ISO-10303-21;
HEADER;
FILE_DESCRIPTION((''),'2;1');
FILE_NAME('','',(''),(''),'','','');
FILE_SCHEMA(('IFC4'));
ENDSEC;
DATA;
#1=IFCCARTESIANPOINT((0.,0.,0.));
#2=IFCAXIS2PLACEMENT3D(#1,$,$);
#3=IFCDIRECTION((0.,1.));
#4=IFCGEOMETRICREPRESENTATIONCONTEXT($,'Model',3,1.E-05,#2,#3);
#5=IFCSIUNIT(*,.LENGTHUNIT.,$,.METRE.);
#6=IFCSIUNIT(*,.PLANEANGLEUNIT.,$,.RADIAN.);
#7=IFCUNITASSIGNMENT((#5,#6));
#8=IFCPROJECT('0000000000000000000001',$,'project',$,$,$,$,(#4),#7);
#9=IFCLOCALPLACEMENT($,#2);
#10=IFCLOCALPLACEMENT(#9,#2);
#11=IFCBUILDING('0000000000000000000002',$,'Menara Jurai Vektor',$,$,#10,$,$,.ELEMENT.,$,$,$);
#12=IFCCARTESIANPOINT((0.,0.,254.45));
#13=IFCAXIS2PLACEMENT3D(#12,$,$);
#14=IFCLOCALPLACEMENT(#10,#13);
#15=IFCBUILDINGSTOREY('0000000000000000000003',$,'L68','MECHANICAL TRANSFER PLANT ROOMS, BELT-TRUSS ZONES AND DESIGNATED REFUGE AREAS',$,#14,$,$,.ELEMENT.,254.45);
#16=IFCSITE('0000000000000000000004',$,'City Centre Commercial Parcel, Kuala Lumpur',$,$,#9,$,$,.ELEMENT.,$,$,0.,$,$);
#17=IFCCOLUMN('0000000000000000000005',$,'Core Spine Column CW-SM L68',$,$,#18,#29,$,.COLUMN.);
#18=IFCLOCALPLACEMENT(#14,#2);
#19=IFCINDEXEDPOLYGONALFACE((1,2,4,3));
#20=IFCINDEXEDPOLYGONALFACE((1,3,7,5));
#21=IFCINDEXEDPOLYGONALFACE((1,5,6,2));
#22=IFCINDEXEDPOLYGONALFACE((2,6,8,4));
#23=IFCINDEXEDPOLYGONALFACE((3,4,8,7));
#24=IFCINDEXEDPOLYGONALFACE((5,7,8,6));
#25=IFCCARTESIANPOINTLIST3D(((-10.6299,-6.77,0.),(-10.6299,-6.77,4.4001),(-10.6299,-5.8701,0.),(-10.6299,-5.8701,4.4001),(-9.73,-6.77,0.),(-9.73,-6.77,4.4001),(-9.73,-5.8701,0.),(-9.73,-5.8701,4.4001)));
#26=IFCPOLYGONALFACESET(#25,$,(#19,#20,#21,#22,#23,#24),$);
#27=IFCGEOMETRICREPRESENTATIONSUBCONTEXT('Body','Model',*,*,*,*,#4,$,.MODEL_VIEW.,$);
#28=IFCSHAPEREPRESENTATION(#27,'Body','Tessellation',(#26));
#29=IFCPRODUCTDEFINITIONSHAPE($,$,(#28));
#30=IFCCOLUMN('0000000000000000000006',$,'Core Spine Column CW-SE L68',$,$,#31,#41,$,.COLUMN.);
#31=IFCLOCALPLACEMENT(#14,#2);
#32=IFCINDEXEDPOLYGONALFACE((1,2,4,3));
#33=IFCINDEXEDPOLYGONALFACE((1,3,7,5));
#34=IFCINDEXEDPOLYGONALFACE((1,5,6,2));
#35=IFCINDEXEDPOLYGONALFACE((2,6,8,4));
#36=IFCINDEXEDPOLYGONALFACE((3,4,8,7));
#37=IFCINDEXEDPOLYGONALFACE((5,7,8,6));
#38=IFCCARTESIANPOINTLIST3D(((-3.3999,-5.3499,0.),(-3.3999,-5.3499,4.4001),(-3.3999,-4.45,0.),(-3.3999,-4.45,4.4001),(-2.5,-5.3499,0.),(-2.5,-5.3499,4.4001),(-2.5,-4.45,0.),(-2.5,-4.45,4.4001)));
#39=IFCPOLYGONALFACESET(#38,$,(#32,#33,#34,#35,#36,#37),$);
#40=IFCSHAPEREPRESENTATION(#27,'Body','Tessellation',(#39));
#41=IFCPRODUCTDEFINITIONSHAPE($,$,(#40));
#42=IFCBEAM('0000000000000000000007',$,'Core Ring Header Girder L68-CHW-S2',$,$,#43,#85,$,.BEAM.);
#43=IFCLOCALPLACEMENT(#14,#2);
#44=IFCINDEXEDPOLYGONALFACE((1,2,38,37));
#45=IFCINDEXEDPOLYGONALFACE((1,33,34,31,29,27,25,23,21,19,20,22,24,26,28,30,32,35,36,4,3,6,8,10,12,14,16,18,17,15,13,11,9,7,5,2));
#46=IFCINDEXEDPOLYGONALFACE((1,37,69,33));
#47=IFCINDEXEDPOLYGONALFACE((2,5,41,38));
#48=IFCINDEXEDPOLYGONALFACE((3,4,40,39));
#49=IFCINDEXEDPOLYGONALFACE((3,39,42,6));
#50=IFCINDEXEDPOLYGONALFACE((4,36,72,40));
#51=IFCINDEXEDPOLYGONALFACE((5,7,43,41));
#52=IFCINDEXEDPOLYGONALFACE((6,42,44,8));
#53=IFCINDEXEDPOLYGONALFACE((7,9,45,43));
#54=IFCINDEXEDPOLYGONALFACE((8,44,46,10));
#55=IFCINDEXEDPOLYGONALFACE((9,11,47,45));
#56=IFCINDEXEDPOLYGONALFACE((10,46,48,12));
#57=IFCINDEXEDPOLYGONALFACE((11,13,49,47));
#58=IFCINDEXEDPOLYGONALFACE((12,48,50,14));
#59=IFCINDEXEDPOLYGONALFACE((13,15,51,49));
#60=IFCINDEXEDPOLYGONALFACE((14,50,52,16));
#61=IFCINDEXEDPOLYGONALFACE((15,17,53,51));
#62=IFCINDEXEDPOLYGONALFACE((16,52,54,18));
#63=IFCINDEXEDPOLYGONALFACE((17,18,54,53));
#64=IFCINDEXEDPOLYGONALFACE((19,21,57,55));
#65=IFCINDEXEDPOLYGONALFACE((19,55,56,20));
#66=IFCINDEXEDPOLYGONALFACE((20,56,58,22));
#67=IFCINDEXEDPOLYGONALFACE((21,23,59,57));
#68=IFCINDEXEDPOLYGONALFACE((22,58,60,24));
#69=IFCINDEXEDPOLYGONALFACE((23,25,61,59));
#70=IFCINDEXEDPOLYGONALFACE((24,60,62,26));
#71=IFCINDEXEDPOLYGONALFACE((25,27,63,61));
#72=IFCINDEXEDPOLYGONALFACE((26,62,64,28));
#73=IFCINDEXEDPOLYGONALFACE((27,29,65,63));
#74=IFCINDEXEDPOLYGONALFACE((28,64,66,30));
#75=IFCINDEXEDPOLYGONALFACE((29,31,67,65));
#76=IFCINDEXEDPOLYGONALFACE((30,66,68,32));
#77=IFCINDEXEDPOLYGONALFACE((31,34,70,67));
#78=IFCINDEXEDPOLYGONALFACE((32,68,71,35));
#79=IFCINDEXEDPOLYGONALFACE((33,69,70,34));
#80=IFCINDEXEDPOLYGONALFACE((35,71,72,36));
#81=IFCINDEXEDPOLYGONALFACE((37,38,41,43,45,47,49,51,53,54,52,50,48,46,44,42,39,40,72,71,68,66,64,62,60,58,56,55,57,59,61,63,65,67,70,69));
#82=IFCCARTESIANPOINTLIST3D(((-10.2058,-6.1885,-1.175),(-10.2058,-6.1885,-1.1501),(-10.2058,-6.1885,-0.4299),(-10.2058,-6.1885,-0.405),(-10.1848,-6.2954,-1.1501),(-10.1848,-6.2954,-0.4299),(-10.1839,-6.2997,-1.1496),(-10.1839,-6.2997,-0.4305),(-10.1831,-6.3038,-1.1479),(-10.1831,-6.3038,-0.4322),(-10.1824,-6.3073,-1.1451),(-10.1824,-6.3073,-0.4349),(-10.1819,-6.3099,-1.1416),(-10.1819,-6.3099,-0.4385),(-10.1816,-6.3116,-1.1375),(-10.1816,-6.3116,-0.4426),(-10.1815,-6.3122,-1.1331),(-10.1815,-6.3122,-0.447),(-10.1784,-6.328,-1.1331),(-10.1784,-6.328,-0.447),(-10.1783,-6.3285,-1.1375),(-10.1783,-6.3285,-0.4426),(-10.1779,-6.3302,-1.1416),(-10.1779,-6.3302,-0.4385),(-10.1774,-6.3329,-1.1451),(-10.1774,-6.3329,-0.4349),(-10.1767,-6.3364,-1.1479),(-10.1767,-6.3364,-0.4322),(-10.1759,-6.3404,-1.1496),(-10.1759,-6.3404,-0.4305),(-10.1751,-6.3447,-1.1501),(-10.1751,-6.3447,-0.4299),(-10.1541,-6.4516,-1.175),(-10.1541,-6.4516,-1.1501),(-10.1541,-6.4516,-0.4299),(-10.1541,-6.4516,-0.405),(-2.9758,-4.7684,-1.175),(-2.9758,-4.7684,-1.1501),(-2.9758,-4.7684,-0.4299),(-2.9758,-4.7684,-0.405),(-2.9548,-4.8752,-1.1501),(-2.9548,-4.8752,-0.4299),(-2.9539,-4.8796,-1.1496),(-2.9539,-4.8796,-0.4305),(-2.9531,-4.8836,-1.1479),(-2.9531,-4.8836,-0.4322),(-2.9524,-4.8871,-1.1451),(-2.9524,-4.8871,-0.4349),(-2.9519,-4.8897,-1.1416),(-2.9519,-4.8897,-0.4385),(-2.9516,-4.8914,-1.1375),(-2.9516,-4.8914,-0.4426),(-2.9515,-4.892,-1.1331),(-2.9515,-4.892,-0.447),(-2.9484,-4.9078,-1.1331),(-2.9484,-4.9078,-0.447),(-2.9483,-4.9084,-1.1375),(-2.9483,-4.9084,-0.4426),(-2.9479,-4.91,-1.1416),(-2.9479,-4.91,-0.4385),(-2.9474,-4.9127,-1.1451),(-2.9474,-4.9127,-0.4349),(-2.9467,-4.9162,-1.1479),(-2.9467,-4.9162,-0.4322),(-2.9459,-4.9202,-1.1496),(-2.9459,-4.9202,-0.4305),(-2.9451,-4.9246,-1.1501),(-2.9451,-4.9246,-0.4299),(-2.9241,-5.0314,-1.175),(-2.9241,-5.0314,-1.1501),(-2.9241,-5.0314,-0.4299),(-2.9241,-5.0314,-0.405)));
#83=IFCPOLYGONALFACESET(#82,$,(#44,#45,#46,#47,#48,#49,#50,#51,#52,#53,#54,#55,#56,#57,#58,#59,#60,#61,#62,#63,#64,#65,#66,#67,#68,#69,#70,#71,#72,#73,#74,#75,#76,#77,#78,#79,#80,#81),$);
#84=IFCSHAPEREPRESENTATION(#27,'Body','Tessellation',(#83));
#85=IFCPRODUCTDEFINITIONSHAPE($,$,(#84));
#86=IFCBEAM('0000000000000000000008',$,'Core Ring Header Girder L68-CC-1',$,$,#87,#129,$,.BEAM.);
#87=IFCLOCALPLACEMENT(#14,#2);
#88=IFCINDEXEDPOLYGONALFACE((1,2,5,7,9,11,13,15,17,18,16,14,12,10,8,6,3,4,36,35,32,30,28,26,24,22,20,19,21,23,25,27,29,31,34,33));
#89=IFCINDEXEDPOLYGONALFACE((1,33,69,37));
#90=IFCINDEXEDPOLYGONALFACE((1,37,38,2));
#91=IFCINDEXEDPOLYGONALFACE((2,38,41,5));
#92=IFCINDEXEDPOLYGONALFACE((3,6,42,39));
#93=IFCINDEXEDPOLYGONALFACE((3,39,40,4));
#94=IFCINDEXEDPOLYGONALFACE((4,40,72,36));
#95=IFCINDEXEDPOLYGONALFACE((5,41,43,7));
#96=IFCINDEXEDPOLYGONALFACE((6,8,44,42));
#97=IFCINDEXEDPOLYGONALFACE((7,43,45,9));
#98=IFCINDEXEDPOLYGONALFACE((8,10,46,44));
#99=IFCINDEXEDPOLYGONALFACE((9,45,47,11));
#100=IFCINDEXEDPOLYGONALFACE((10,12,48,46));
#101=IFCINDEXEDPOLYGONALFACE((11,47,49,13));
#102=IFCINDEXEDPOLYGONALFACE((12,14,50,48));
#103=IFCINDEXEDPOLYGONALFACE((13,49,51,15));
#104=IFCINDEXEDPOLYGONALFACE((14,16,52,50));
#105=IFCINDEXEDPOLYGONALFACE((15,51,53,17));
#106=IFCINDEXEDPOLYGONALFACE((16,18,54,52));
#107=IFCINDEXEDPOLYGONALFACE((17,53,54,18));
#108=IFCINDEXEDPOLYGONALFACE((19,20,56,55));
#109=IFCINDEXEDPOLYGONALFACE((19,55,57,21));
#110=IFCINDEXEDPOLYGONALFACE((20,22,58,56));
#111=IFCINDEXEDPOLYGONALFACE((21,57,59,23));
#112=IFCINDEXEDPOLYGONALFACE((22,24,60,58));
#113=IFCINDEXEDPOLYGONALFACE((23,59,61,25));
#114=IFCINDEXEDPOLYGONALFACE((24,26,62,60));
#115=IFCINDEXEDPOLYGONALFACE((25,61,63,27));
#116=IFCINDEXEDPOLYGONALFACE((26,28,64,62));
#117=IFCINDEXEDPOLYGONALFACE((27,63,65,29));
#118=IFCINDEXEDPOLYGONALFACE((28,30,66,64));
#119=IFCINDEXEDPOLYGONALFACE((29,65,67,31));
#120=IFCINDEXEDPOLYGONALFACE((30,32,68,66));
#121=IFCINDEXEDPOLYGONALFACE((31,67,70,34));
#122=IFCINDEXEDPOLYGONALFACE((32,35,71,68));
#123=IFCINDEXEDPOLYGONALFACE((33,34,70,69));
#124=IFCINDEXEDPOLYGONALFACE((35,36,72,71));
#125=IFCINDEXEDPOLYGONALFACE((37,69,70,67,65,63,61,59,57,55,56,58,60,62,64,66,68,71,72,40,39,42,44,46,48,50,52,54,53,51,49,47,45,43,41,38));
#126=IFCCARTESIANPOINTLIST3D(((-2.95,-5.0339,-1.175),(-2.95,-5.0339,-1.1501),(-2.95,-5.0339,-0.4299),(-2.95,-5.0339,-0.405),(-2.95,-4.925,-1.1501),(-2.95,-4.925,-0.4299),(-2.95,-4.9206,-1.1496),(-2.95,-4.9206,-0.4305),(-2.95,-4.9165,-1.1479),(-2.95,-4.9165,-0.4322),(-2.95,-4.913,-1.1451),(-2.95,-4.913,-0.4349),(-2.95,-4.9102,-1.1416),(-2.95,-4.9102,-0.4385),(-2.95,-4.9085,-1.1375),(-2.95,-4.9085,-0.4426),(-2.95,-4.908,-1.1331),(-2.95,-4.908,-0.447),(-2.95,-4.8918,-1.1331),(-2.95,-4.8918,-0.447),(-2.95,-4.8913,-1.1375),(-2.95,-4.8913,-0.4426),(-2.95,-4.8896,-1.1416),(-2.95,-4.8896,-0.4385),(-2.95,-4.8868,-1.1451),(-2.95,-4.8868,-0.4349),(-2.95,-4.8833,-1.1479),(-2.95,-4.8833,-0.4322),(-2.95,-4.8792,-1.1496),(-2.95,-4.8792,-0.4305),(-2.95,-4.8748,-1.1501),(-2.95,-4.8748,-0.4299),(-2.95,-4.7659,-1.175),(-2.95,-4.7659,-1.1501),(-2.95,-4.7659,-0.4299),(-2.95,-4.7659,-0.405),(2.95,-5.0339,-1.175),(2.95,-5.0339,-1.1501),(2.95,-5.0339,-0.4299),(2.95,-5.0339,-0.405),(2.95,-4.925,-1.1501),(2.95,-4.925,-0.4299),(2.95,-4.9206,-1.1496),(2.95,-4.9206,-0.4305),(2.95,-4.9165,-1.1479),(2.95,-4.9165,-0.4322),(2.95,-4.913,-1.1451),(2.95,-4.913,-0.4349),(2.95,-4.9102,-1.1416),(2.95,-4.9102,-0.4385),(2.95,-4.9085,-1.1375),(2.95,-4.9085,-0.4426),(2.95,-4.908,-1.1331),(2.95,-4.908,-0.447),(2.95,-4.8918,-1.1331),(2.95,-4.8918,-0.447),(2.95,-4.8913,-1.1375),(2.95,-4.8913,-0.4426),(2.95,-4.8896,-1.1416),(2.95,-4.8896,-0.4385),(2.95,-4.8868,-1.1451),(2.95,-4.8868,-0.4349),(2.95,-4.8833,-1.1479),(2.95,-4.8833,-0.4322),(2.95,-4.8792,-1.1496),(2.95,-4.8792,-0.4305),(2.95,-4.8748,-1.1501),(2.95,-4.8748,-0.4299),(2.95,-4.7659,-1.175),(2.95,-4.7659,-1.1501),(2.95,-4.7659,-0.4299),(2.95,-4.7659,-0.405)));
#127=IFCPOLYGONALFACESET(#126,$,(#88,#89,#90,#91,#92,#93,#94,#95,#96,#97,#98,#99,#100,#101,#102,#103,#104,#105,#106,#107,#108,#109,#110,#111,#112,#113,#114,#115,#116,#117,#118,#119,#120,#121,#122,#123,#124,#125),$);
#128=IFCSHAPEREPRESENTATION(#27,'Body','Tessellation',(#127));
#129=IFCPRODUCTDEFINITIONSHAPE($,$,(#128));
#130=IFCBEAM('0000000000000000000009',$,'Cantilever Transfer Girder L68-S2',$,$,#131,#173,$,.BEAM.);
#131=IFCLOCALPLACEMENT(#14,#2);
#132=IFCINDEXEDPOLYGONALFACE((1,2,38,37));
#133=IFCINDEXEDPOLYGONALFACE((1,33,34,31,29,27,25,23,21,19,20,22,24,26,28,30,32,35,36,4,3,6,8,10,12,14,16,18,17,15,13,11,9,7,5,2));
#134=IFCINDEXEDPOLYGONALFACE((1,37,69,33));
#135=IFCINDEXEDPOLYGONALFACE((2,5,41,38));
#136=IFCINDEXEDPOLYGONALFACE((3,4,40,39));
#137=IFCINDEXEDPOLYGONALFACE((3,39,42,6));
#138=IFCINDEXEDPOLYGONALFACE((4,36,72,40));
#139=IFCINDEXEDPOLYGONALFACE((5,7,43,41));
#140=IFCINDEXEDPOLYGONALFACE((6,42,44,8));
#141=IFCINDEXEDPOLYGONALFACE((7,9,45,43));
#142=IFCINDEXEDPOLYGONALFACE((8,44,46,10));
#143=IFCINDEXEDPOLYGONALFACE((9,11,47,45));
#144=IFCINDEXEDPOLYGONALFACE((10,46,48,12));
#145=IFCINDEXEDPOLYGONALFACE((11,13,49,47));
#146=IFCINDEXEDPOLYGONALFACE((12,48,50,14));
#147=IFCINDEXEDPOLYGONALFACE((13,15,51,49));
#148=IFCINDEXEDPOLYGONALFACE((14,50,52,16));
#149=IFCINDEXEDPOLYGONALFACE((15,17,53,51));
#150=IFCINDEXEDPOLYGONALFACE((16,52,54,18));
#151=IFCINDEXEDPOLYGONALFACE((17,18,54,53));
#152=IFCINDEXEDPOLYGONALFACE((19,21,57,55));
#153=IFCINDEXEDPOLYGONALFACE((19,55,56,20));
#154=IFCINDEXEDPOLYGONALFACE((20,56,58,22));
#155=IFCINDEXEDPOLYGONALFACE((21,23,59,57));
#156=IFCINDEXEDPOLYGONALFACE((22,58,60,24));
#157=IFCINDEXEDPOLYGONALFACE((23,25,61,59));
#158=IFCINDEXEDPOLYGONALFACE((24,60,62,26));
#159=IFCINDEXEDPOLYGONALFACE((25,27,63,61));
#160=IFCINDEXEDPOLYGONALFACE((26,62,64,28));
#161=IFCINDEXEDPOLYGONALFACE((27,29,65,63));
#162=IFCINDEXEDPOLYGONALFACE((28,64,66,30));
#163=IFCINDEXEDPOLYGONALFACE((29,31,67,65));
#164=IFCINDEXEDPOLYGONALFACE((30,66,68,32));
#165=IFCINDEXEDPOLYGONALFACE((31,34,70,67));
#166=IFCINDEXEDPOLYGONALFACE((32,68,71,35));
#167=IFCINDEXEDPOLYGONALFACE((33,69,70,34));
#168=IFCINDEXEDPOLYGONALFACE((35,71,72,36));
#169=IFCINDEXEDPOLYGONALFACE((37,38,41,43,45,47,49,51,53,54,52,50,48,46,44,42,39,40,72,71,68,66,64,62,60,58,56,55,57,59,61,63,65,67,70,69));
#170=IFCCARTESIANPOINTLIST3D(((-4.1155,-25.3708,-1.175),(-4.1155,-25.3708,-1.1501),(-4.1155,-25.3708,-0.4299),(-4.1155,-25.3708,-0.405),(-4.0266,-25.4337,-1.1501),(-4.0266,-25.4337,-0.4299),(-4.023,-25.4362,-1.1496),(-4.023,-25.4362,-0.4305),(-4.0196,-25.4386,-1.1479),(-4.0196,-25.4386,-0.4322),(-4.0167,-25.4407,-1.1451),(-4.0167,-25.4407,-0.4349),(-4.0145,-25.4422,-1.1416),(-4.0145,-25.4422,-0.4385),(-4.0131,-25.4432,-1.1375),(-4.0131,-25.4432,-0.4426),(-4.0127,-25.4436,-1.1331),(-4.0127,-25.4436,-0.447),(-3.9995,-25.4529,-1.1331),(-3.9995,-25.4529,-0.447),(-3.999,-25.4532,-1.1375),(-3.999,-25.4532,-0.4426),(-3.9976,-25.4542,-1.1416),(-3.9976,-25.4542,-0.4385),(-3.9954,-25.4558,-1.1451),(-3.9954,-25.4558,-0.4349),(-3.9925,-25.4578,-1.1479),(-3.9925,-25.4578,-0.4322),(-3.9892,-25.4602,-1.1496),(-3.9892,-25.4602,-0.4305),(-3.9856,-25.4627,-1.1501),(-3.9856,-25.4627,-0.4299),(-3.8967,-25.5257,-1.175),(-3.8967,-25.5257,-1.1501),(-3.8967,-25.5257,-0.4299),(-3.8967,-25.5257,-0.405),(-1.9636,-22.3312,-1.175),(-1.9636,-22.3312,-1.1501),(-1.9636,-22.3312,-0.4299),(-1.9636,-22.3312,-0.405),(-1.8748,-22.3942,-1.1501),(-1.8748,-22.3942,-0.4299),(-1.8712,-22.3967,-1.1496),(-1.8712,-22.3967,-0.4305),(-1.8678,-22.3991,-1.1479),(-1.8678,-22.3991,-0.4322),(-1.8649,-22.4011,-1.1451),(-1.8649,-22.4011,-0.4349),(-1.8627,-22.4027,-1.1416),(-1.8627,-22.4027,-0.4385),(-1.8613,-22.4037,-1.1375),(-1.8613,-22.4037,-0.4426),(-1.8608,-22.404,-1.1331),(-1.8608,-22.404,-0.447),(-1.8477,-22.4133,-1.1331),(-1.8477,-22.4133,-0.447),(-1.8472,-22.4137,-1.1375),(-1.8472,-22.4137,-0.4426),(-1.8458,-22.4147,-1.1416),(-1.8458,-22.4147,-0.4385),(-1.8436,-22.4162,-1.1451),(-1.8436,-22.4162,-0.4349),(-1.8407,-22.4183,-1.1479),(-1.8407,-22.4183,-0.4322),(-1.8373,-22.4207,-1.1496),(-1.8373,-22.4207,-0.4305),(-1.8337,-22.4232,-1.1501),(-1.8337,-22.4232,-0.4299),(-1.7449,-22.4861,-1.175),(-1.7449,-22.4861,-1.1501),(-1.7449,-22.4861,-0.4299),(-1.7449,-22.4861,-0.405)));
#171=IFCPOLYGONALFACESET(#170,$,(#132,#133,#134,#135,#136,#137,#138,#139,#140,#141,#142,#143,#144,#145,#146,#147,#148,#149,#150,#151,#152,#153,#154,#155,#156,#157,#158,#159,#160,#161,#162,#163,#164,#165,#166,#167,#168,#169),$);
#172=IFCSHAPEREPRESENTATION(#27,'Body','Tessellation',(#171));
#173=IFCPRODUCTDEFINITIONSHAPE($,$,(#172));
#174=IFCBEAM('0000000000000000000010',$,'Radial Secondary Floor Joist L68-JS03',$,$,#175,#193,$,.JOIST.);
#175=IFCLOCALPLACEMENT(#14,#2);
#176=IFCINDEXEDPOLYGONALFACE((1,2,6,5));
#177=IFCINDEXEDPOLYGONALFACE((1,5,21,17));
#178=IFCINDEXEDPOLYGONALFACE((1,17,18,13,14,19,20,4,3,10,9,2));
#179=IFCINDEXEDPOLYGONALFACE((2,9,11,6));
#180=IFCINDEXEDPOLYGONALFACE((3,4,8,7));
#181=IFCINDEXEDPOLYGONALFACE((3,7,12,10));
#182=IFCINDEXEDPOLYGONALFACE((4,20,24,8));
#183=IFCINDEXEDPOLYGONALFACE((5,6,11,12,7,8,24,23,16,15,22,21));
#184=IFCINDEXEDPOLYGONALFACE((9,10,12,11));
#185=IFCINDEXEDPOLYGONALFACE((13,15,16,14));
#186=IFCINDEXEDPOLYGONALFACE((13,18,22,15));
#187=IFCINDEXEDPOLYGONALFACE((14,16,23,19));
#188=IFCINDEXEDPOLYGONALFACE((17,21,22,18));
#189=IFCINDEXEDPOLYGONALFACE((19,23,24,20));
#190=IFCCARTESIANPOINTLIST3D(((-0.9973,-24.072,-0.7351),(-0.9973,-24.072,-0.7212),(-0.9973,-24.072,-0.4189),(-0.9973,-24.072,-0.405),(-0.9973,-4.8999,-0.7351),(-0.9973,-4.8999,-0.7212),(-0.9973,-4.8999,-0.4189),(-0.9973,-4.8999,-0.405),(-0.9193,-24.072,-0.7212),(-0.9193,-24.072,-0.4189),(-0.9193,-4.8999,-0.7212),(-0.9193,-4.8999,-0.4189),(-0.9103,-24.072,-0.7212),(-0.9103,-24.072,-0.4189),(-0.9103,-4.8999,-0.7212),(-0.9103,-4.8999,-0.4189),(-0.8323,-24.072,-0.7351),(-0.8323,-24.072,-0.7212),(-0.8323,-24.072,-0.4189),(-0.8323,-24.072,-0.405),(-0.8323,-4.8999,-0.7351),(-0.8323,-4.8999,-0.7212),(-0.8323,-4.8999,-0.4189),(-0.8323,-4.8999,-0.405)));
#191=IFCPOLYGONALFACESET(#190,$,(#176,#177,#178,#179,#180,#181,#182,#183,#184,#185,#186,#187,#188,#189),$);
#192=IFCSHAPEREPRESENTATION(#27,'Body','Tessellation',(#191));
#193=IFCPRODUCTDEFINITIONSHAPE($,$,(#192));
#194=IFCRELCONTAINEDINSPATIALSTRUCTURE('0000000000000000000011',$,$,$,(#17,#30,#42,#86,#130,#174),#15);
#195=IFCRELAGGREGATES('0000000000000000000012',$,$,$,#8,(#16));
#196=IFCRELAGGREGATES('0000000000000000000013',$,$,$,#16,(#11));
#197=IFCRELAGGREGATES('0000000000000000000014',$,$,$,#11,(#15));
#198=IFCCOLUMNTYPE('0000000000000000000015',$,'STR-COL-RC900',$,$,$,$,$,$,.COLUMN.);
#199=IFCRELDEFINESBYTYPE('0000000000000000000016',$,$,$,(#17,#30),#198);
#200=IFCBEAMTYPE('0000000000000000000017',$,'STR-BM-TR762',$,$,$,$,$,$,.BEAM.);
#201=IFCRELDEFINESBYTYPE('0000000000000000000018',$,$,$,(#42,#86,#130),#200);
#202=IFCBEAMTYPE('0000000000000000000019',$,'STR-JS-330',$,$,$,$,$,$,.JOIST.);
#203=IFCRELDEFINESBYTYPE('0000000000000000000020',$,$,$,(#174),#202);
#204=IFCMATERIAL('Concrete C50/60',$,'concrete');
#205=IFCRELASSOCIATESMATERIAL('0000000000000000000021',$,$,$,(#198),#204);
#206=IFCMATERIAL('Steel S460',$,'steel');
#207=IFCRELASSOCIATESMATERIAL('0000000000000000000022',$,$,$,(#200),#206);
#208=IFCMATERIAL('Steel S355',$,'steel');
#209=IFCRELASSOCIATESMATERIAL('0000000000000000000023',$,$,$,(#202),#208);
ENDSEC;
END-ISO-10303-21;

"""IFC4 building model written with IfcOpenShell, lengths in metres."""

from ifc_helpers import new_model, si_unit, direction, frame, origin, origin_2d, place, context, subcontext, project, spatial, rectangle, i_section, extrude, material, material_profile, profile_set, type_object, element, save


model = new_model("IFC4")

# Units and contexts
model_context = context("Model", 3, precision=1e-05, world=origin(), true_north=direction((0.0, 1.0)))
body_context = subcontext(model_context, "Body", "Model", "MODEL_VIEW")
ifc_project = project(units=[si_unit("LENGTHUNIT", "METRE"), si_unit("PLANEANGLEUNIT", "RADIAN")], contexts=[model_context])

# Site, building, storey
site_placement = place(None, origin())
site = spatial("IfcSite", under=ifc_project, at=site_placement, Name="City Centre Commercial Parcel, Kuala Lumpur", CompositionType="ELEMENT", RefElevation=0.0)
building_placement = place(site_placement, origin())
building = spatial("IfcBuilding", under=site, at=building_placement, Name="Menara Jurai Vektor", CompositionType="ELEMENT")
storey_placement = place(building_placement, frame((0.0, 0.0, 254.45)))
storey = spatial("IfcBuildingStorey", under=building, at=storey_placement, Name="L68", Description="MECHANICAL TRANSFER PLANT ROOMS, BELT-TRUSS ZONES AND DESIGNATED REFUGE AREAS", CompositionType="ELEMENT", Elevation=254.45)

# Columns
ifc_material_1 = material(Name="Concrete C50/60", Category="concrete")
ifc_material_profile_1 = material_profile(ifc_material_1, rectangle(XDim=0.8999, YDim=0.8999, at=origin_2d()), Name="RC 900x900")
ifc_profile_set_1 = profile_set([ifc_material_profile_1], Name="Concrete C50/60")
column_type = type_object("IfcColumnType", Name="STR-COL-RC900", PredefinedType="COLUMN", material=ifc_profile_set_1)
for number, where, z_axis, x_axis, name in (
    (1, (-10.1799, -6.3201, 0.0), (0.0, 0.0, 1.0), (1.0, 0.0, 0.0), "Core Spine Column CW-SM L68"),
    (2, (-2.95, -4.8999, 0.0), (0.0, 0.0, 1.0), (1.0, 0.0, 0.0), "Core Spine Column CW-SE L68"),
):
    element("IfcColumn", number, at=place(storey_placement, frame(where, z_axis=z_axis, x_axis=x_axis)), inside=storey, type_object=column_type, Name=name, PredefinedType="COLUMN", context=body_context, shape_type="SweptSolid", body=[
        extrude(rectangle(XDim=0.8999, YDim=0.8999, at=origin_2d()), origin(), (0.0, 0.0, 1.0), 4.4001),
    ])

# Beams
ifc_material_2 = material(Name="Steel S460", Category="steel")
ifc_material_profile_2 = material_profile(ifc_material_2, i_section(OverallWidth=0.2681, OverallDepth=0.77, WebThickness=0.0161, FlangeThickness=0.0249, FilletRadius=0.0171, at=origin_2d()), Name="UKB 762x267x197")
ifc_profile_set_2 = profile_set([ifc_material_profile_2], Name="Steel S460")
beam_type_1 = type_object("IfcBeamType", Name="STR-BM-TR762", PredefinedType="BEAM", material=ifc_profile_set_2)
beam_1_placement = place(storey_placement, frame((-10.1799, -6.3201, -0.79), z_axis=(0.981249, 0.192744, 0.0), x_axis=(-0.192744, 0.981249, 0.0)))
element("IfcBeam", 3, at=beam_1_placement, inside=storey, type_object=beam_type_1, Name="Core Ring Header Girder L68-CHW-S2", PredefinedType="BEAM", context=body_context, shape_type="SweptSolid", body=[
    extrude(i_section(OverallWidth=0.2681, OverallDepth=0.77, WebThickness=0.0161, FlangeThickness=0.0249, FilletRadius=0.0171, at=origin_2d()), origin(), (0.0, 0.0, 1.0), 7.3682),
])
beam_2_placement = place(storey_placement, frame((-2.95, -4.8999, -0.79), z_axis=(1.0, 0.0, 0.0), x_axis=(0.0, 1.0, 0.0)))
element("IfcBeam", 4, at=beam_2_placement, inside=storey, type_object=beam_type_1, Name="Core Ring Header Girder L68-CC-1", PredefinedType="BEAM", context=body_context, shape_type="SweptSolid", body=[
    extrude(i_section(OverallWidth=0.2681, OverallDepth=0.77, WebThickness=0.0161, FlangeThickness=0.0249, FilletRadius=0.0171, at=origin_2d()), origin(), (0.0, 0.0, 1.0), 5.8999),
])
beam_3_placement = place(storey_placement, frame((-1.8542, -22.4087, -0.79), z_axis=(-0.57781, -0.816171, 0.0), x_axis=(0.816171, -0.57781, 0.0)))
element("IfcBeam", 5, at=beam_3_placement, inside=storey, type_object=beam_type_1, Name="Cantilever Transfer Girder L68-S2", PredefinedType="BEAM", context=body_context, shape_type="SweptSolid", body=[
    extrude(i_section(OverallWidth=0.2681, OverallDepth=0.77, WebThickness=0.0161, FlangeThickness=0.0249, FilletRadius=0.0171, at=origin_2d()), origin(), (0.0, 0.0, 1.0), 3.7241),
])
ifc_material_3 = material(Name="Steel S355", Category="steel")
ifc_material_profile_3 = material_profile(ifc_material_3, i_section(OverallWidth=0.165, OverallDepth=0.3301, WebThickness=0.009, FlangeThickness=0.0139, at=origin_2d()), Name="PG 330x165x46")
ifc_profile_set_3 = profile_set([ifc_material_profile_3], Name="Steel S355")
beam_type_2 = type_object("IfcBeamType", Name="STR-JS-330", PredefinedType="JOIST", material=ifc_profile_set_3)
beam_4_placement = place(storey_placement, frame((-0.9148, -24.072, -0.5701), z_axis=(0.0, 1.0, 0.0), x_axis=(-1.0, 0.0, 0.0)))
element("IfcBeam", 6, at=beam_4_placement, inside=storey, type_object=beam_type_2, Name="Radial Secondary Floor Joist L68-JS03", PredefinedType="JOIST", context=body_context, shape_type="SweptSolid", body=[
    extrude(i_section(OverallWidth=0.165, OverallDepth=0.3301, WebThickness=0.009, FlangeThickness=0.0139, at=origin_2d()), origin(), (0.0, 0.0, 1.0), 19.1721),
])

save(model, "model.ifc")
